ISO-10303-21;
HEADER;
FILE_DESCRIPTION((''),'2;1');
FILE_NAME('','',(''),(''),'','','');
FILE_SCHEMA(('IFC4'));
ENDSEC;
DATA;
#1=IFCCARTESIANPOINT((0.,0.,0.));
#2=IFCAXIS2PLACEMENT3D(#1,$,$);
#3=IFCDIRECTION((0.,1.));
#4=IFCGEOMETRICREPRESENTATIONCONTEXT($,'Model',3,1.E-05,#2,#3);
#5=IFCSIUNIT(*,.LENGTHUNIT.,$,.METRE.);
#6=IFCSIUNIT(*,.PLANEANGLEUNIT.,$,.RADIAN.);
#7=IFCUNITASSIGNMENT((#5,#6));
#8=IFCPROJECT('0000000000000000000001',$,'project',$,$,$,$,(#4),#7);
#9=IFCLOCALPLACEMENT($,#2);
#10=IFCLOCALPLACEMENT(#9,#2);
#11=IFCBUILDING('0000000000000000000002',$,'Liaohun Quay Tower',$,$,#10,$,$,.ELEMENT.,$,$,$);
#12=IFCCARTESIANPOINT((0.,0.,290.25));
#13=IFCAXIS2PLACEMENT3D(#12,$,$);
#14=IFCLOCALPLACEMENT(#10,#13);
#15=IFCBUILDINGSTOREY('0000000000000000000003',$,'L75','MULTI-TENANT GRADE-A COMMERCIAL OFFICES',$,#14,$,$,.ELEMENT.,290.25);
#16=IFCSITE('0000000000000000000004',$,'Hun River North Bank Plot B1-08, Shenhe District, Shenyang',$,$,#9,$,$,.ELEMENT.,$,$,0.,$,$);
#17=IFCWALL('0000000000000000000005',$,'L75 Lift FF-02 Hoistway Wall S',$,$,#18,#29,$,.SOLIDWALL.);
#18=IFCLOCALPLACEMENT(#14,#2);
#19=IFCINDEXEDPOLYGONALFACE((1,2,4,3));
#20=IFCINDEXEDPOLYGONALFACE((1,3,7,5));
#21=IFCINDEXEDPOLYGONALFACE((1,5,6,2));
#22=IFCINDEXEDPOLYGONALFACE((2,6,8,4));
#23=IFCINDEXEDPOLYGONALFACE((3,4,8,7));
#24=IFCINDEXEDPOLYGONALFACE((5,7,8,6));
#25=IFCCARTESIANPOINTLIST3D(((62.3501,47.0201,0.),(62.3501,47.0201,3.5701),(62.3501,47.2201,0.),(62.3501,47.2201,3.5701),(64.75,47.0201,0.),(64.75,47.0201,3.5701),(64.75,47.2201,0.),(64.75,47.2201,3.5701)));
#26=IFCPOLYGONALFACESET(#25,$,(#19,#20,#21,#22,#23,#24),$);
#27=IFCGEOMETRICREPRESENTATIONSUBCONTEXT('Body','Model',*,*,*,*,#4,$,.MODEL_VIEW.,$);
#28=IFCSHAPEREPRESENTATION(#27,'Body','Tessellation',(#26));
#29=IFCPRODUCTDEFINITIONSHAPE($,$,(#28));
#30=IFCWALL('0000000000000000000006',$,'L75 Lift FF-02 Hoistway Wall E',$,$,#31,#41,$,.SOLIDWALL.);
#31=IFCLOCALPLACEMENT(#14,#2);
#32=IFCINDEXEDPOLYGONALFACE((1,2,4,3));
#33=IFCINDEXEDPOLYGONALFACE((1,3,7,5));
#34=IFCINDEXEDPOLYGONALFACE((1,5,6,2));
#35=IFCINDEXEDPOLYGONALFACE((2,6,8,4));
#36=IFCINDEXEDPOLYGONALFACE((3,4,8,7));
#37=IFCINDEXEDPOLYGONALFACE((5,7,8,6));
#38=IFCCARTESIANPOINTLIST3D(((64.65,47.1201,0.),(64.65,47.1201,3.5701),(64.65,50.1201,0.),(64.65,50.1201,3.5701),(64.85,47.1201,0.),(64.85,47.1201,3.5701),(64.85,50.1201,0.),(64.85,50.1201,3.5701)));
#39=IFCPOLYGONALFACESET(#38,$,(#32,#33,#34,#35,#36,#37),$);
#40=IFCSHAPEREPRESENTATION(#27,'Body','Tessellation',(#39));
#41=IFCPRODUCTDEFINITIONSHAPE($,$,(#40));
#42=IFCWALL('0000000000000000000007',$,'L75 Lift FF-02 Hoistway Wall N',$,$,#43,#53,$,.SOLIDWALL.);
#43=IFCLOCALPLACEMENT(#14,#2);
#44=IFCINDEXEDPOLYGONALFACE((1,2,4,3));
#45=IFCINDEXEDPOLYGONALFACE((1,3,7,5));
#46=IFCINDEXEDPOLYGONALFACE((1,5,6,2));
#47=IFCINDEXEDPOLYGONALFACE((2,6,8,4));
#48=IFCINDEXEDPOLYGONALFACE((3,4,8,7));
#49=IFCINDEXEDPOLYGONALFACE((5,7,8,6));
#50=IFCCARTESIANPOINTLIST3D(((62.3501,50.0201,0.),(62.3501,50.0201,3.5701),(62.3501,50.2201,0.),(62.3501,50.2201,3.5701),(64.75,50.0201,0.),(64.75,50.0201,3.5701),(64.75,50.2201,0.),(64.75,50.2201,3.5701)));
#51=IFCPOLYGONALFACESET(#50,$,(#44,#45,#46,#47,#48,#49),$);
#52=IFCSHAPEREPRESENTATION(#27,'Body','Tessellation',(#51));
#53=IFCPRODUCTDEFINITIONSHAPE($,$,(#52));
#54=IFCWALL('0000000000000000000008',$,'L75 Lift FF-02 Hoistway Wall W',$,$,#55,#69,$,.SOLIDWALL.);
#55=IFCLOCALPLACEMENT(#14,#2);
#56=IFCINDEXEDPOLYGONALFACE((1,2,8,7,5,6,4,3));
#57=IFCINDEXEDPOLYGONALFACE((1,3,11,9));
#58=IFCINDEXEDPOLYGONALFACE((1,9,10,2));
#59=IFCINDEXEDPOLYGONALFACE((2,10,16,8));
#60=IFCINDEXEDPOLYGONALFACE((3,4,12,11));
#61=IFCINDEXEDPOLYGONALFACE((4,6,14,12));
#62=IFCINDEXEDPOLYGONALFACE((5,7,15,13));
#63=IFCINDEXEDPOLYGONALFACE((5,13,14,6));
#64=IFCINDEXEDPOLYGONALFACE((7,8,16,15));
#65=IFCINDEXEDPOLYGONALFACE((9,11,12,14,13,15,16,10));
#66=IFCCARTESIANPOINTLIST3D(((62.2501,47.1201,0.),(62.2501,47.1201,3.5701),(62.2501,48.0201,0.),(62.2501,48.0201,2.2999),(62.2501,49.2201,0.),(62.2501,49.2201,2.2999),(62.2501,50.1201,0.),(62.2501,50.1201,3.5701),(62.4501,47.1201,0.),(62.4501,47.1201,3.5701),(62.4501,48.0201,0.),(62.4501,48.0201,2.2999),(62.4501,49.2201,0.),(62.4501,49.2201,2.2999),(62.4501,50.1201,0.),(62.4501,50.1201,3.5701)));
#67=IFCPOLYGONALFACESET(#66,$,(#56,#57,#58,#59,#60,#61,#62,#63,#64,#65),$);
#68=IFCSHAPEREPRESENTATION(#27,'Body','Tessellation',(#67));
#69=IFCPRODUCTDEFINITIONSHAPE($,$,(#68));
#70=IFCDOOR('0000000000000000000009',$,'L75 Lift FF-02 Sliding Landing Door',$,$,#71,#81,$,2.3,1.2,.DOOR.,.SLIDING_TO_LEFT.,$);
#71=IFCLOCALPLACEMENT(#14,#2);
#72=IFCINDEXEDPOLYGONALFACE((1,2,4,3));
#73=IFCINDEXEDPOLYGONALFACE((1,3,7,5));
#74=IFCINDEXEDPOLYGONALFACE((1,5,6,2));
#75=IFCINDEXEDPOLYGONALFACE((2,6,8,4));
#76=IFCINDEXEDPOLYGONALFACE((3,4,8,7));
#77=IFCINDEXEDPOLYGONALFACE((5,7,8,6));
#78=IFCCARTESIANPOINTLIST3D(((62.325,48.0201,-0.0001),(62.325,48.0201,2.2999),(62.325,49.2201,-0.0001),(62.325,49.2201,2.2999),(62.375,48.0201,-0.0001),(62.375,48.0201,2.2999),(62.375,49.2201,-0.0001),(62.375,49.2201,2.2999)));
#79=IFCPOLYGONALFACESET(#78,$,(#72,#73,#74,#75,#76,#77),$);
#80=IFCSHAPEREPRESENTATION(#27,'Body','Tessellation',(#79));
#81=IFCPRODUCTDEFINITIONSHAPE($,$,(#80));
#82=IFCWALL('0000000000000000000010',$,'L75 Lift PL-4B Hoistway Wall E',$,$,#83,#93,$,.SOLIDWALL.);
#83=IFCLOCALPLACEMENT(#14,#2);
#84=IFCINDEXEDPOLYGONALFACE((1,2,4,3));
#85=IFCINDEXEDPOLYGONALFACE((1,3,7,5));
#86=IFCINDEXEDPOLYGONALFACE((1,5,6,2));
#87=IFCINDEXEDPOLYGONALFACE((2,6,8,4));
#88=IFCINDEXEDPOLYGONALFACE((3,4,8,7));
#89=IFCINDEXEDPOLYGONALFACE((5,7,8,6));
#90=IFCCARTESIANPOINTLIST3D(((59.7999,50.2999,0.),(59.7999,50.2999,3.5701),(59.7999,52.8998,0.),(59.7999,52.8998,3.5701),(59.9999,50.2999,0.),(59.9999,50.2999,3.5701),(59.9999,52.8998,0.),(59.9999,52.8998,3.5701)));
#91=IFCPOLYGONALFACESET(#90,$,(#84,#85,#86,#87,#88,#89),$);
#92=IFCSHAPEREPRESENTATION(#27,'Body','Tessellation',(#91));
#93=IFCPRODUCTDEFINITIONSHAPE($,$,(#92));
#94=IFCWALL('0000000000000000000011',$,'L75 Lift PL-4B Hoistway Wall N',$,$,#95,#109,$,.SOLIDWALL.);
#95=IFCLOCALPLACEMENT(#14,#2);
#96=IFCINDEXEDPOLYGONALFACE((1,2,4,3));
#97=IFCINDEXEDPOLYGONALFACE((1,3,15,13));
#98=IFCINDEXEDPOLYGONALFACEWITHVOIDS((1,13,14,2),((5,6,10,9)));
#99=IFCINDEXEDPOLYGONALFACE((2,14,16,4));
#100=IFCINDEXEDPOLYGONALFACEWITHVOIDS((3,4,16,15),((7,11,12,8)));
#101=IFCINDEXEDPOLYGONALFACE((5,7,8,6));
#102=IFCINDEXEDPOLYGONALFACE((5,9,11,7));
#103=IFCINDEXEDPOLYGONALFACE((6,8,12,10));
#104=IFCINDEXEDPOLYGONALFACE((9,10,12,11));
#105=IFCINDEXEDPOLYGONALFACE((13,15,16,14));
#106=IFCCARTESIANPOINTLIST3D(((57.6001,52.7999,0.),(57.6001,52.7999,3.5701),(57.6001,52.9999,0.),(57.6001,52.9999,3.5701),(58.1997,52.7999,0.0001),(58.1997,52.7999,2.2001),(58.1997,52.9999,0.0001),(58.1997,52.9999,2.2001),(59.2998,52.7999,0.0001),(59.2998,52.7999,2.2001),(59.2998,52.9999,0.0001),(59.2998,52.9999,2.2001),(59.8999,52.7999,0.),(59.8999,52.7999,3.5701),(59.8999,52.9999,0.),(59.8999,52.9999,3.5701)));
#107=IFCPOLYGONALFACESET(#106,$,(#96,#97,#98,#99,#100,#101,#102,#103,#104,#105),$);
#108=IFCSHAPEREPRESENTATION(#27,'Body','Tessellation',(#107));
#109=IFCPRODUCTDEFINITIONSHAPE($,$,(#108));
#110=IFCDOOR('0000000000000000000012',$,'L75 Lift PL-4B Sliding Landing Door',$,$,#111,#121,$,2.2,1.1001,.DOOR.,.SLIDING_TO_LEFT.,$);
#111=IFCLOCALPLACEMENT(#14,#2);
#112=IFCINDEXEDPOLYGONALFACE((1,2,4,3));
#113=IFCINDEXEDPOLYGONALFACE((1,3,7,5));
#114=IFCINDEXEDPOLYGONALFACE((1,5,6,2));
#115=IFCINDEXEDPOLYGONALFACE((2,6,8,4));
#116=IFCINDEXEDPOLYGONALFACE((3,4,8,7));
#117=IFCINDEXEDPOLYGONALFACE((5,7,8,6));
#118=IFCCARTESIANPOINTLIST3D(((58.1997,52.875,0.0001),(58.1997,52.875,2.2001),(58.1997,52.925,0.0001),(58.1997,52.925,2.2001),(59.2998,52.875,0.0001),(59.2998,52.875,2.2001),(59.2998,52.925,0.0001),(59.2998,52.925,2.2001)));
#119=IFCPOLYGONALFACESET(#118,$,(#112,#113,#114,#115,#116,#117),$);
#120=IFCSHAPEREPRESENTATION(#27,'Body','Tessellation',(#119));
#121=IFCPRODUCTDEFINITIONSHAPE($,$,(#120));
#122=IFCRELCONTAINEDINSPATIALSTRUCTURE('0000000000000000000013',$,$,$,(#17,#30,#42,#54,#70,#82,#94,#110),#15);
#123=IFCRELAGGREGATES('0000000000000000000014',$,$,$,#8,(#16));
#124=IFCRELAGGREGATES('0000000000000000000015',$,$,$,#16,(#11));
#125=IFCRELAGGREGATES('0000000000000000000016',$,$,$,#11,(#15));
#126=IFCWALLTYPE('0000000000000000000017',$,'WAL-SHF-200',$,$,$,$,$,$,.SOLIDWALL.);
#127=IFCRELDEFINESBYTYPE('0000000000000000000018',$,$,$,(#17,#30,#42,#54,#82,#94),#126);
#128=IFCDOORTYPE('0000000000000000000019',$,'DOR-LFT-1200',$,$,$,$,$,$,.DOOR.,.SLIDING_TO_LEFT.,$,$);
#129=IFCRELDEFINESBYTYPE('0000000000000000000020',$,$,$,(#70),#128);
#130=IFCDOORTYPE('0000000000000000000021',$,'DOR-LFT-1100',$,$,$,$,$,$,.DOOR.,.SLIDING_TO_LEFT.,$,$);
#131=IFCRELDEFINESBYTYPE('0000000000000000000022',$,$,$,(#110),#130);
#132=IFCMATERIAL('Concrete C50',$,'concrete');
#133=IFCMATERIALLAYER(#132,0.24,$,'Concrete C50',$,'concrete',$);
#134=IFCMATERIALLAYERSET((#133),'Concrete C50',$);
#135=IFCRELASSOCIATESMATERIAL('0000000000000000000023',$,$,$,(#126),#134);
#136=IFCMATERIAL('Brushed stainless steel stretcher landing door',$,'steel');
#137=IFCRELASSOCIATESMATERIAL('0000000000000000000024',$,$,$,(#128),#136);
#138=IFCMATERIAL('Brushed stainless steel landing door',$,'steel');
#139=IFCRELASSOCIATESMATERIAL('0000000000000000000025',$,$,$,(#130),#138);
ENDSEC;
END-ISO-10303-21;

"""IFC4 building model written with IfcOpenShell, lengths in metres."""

from ifc_helpers import new_model, si_unit, direction, frame, frame_2d, origin, place, context, subcontext, project, spatial, rectangle, extrude, source, transform, mapped, material, layer, layer_set, type_object, element, fill, save


model = new_model("IFC4")

# Units and contexts
model_context = context("Model", 3, precision=1e-05, world=origin(), true_north=direction((0.0, 1.0)))
body_context = subcontext(model_context, "Body", "Model", "MODEL_VIEW")
ifc_project = project(units=[si_unit("LENGTHUNIT", "METRE"), si_unit("PLANEANGLEUNIT", "RADIAN")], contexts=[model_context])

# Site, building, storey
site_placement = place(None, origin())
site = spatial("IfcSite", under=ifc_project, at=site_placement, Name="Hun River North Bank Plot B1-08, Shenhe District, Shenyang", CompositionType="ELEMENT", RefElevation=0.0)
building_placement = place(site_placement, origin())
building = spatial("IfcBuilding", under=site, at=building_placement, Name="Liaohun Quay Tower", CompositionType="ELEMENT")
storey_placement = place(building_placement, frame((0.0, 0.0, 290.25)))
storey = spatial("IfcBuildingStorey", under=building, at=storey_placement, Name="L75", Description="MULTI-TENANT GRADE-A COMMERCIAL OFFICES", CompositionType="ELEMENT", Elevation=290.25)

# Walls
ifc_material_1 = material(Name="Concrete C50", Category="concrete")
ifc_layer_1 = layer(ifc_material_1, 0.24, Name="Concrete C50", Category="concrete")
ifc_layer_set_1 = layer_set([ifc_layer_1], Name="Concrete C50")
wall_type_1 = type_object("IfcWallType", Name="WAL-SHF-200", PredefinedType="SOLIDWALL", material=ifc_layer_set_1)
wall_1_placement = place(storey_placement, frame((62.3501, 47.1201, 0.0), z_axis=(0.0, 0.0, 1.0), x_axis=(1.0, 0.0, 0.0)))
element("IfcWall", 1, at=wall_1_placement, inside=storey, type_object=wall_type_1, Name="L75 Lift FF-02 Hoistway Wall S", PredefinedType="SOLIDWALL", context=body_context, shape_type="SweptSolid", body=[
    extrude(rectangle(XDim=2.3999, YDim=0.2, at=frame_2d((1.2, 0.0))), origin(), (0.0, 0.0, 1.0), 3.5701),
])
wall_2_placement = place(storey_placement, frame((64.75, 47.1201, 0.0), z_axis=(0.0, 0.0, 1.0), x_axis=(0.0, 1.0, 0.0)))
element("IfcWall", 2, at=wall_2_placement, inside=storey, type_object=wall_type_1, Name="L75 Lift FF-02 Hoistway Wall E", PredefinedType="SOLIDWALL", context=body_context, shape_type="SweptSolid", body=[
    extrude(rectangle(XDim=3.0, YDim=0.2, at=frame_2d((1.5, 0.0))), origin(), (0.0, 0.0, 1.0), 3.5701),
])
wall_3_placement = place(storey_placement, frame((64.75, 50.1201, 0.0), z_axis=(0.0, 0.0, 1.0), x_axis=(-1.0, 0.0, 0.0)))
element("IfcWall", 3, at=wall_3_placement, inside=storey, type_object=wall_type_1, Name="L75 Lift FF-02 Hoistway Wall N", PredefinedType="SOLIDWALL", context=body_context, shape_type="SweptSolid", body=[
    extrude(rectangle(XDim=2.3999, YDim=0.2, at=frame_2d((1.2, 0.0))), origin(), (0.0, 0.0, 1.0), 3.5701),
])

# Wall, opening, door
wall_4_placement = place(storey_placement, frame((62.3501, 50.1201, 0.0), z_axis=(0.0, 0.0, 1.0), x_axis=(0.0, -1.0, 0.0)))
wall_4 = element("IfcWall", 4, at=wall_4_placement, inside=storey, type_object=wall_type_1, Name="L75 Lift FF-02 Hoistway Wall W", PredefinedType="SOLIDWALL", context=body_context, shape_type="SweptSolid", body=[
    extrude(rectangle(XDim=3.0, YDim=0.2, at=frame_2d((1.5, 0.0))), origin(), (0.0, 0.0, 1.0), 3.5701),
])
shared_shape_1 = source(origin(), body_context, "Body", "SweptSolid", [
    extrude(rectangle(XDim=1.2, YDim=2.3, at=frame_2d((0.6001, 1.1499))), frame((0.0, 0.1099, 0.0), z_axis=(0.0, -1.0, 0.0), x_axis=(1.0, 0.0, 0.0)), (0.0, 0.0, 1.0), 0.22),
])
opening_1_placement = place(wall_4_placement, frame((0.8999, 0.0, 0.0)))
opening_1 = element("IfcOpeningElement", 5, at=opening_1_placement, cuts=wall_4, PredefinedType="OPENING", context=body_context, shape_type="MappedRepresentation", body=[
    mapped(shared_shape_1, transform((0.0, 0.0, 0.0), x_axis=(1.0, 0.0, 0.0), y_axis=(0.0, 1.0, 0.0), z_axis=(0.0, 0.0, 1.0), scale=1.0)),
])
ifc_material_2 = material(Name="Brushed stainless steel stretcher landing door", Category="steel")
door_type_1 = type_object("IfcDoorType", Name="DOR-LFT-1200", OperationType="SLIDING_TO_LEFT", PredefinedType="DOOR", material=ifc_material_2)
shared_shape_2 = source(origin(), body_context, "Body", "SweptSolid", [
    extrude(rectangle(XDim=1.2, YDim=2.3, at=frame_2d((0.6001, 1.1499))), frame((0.0, 0.0249, 0.0), z_axis=(0.0, -1.0, 0.0), x_axis=(1.0, 0.0, 0.0)), (0.0, 0.0, 1.0), 0.05),
])
door_1_placement = place(opening_1_placement, origin())
door_1 = element("IfcDoor", 6, at=door_1_placement, inside=storey, type_object=door_type_1, Name="L75 Lift FF-02 Sliding Landing Door", OperationType="SLIDING_TO_LEFT", OverallHeight=2.3, OverallWidth=1.2, PredefinedType="DOOR", context=body_context, shape_type="MappedRepresentation", body=[
    mapped(shared_shape_2, transform((0.0, 0.0, 0.0), x_axis=(1.0, 0.0, 0.0), y_axis=(0.0, 1.0, 0.0), z_axis=(0.0, 0.0, 1.0), scale=1.0)),
])
fill(opening_1, door_1)

# Wall
wall_5_placement = place(storey_placement, frame((59.8999, 50.3, 0.0), z_axis=(0.0, 0.0, 1.0), x_axis=(0.0, 1.0, 0.0)))
element("IfcWall", 7, at=wall_5_placement, inside=storey, type_object=wall_type_1, Name="L75 Lift PL-4B Hoistway Wall E", PredefinedType="SOLIDWALL", context=body_context, shape_type="SweptSolid", body=[
    extrude(rectangle(XDim=2.5999, YDim=0.2, at=frame_2d((1.2998, 0.0))), origin(), (0.0, 0.0, 1.0), 3.5701),
])

# Wall, opening, door
wall_6_placement = place(storey_placement, frame((59.8999, 52.8999, 0.0), z_axis=(0.0, 0.0, 1.0), x_axis=(-1.0, 0.0, 0.0)))
wall_6 = element("IfcWall", 8, at=wall_6_placement, inside=storey, type_object=wall_type_1, Name="L75 Lift PL-4B Hoistway Wall N", PredefinedType="SOLIDWALL", context=body_context, shape_type="SweptSolid", body=[
    extrude(rectangle(XDim=2.2998, YDim=0.2, at=frame_2d((1.1499, 0.0))), origin(), (0.0, 0.0, 1.0), 3.5701),
])
shared_shape_3 = source(origin(), body_context, "Body", "SweptSolid", [
    extrude(rectangle(XDim=1.1001, YDim=2.2, at=frame_2d((0.55, 1.1001))), frame((0.0, 0.1099, 0.0), z_axis=(0.0, -1.0, 0.0), x_axis=(1.0, 0.0, 0.0)), (0.0, 0.0, 1.0), 0.22),
])
opening_2_placement = place(wall_6_placement, frame((0.6001, 0.0, 0.0)))
opening_2 = element("IfcOpeningElement", 9, at=opening_2_placement, cuts=wall_6, PredefinedType="OPENING", context=body_context, shape_type="MappedRepresentation", body=[
    mapped(shared_shape_3, transform((0.0, 0.0, 0.0), x_axis=(1.0, 0.0, 0.0), y_axis=(0.0, 1.0, 0.0), z_axis=(0.0, 0.0, 1.0), scale=1.0)),
])
ifc_material_3 = material(Name="Brushed stainless steel landing door", Category="steel")
door_type_2 = type_object("IfcDoorType", Name="DOR-LFT-1100", OperationType="SLIDING_TO_LEFT", PredefinedType="DOOR", material=ifc_material_3)
shared_shape_4 = source(origin(), body_context, "Body", "SweptSolid", [
    extrude(rectangle(XDim=1.1001, YDim=2.2, at=frame_2d((0.55, 1.1001))), frame((0.0, 0.0249, 0.0), z_axis=(0.0, -1.0, 0.0), x_axis=(1.0, 0.0, 0.0)), (0.0, 0.0, 1.0), 0.05),
])
door_2_placement = place(opening_2_placement, origin())
door_2 = element("IfcDoor", 10, at=door_2_placement, inside=storey, type_object=door_type_2, Name="L75 Lift PL-4B Sliding Landing Door", OperationType="SLIDING_TO_LEFT", OverallHeight=2.2, OverallWidth=1.1001, PredefinedType="DOOR", context=body_context, shape_type="MappedRepresentation", body=[
    mapped(shared_shape_4, transform((0.0, 0.0, 0.0), x_axis=(1.0, 0.0, 0.0), y_axis=(0.0, 1.0, 0.0), z_axis=(0.0, 0.0, 1.0), scale=1.0)),
])
fill(opening_2, door_2)

save(model, "model.ifc")
